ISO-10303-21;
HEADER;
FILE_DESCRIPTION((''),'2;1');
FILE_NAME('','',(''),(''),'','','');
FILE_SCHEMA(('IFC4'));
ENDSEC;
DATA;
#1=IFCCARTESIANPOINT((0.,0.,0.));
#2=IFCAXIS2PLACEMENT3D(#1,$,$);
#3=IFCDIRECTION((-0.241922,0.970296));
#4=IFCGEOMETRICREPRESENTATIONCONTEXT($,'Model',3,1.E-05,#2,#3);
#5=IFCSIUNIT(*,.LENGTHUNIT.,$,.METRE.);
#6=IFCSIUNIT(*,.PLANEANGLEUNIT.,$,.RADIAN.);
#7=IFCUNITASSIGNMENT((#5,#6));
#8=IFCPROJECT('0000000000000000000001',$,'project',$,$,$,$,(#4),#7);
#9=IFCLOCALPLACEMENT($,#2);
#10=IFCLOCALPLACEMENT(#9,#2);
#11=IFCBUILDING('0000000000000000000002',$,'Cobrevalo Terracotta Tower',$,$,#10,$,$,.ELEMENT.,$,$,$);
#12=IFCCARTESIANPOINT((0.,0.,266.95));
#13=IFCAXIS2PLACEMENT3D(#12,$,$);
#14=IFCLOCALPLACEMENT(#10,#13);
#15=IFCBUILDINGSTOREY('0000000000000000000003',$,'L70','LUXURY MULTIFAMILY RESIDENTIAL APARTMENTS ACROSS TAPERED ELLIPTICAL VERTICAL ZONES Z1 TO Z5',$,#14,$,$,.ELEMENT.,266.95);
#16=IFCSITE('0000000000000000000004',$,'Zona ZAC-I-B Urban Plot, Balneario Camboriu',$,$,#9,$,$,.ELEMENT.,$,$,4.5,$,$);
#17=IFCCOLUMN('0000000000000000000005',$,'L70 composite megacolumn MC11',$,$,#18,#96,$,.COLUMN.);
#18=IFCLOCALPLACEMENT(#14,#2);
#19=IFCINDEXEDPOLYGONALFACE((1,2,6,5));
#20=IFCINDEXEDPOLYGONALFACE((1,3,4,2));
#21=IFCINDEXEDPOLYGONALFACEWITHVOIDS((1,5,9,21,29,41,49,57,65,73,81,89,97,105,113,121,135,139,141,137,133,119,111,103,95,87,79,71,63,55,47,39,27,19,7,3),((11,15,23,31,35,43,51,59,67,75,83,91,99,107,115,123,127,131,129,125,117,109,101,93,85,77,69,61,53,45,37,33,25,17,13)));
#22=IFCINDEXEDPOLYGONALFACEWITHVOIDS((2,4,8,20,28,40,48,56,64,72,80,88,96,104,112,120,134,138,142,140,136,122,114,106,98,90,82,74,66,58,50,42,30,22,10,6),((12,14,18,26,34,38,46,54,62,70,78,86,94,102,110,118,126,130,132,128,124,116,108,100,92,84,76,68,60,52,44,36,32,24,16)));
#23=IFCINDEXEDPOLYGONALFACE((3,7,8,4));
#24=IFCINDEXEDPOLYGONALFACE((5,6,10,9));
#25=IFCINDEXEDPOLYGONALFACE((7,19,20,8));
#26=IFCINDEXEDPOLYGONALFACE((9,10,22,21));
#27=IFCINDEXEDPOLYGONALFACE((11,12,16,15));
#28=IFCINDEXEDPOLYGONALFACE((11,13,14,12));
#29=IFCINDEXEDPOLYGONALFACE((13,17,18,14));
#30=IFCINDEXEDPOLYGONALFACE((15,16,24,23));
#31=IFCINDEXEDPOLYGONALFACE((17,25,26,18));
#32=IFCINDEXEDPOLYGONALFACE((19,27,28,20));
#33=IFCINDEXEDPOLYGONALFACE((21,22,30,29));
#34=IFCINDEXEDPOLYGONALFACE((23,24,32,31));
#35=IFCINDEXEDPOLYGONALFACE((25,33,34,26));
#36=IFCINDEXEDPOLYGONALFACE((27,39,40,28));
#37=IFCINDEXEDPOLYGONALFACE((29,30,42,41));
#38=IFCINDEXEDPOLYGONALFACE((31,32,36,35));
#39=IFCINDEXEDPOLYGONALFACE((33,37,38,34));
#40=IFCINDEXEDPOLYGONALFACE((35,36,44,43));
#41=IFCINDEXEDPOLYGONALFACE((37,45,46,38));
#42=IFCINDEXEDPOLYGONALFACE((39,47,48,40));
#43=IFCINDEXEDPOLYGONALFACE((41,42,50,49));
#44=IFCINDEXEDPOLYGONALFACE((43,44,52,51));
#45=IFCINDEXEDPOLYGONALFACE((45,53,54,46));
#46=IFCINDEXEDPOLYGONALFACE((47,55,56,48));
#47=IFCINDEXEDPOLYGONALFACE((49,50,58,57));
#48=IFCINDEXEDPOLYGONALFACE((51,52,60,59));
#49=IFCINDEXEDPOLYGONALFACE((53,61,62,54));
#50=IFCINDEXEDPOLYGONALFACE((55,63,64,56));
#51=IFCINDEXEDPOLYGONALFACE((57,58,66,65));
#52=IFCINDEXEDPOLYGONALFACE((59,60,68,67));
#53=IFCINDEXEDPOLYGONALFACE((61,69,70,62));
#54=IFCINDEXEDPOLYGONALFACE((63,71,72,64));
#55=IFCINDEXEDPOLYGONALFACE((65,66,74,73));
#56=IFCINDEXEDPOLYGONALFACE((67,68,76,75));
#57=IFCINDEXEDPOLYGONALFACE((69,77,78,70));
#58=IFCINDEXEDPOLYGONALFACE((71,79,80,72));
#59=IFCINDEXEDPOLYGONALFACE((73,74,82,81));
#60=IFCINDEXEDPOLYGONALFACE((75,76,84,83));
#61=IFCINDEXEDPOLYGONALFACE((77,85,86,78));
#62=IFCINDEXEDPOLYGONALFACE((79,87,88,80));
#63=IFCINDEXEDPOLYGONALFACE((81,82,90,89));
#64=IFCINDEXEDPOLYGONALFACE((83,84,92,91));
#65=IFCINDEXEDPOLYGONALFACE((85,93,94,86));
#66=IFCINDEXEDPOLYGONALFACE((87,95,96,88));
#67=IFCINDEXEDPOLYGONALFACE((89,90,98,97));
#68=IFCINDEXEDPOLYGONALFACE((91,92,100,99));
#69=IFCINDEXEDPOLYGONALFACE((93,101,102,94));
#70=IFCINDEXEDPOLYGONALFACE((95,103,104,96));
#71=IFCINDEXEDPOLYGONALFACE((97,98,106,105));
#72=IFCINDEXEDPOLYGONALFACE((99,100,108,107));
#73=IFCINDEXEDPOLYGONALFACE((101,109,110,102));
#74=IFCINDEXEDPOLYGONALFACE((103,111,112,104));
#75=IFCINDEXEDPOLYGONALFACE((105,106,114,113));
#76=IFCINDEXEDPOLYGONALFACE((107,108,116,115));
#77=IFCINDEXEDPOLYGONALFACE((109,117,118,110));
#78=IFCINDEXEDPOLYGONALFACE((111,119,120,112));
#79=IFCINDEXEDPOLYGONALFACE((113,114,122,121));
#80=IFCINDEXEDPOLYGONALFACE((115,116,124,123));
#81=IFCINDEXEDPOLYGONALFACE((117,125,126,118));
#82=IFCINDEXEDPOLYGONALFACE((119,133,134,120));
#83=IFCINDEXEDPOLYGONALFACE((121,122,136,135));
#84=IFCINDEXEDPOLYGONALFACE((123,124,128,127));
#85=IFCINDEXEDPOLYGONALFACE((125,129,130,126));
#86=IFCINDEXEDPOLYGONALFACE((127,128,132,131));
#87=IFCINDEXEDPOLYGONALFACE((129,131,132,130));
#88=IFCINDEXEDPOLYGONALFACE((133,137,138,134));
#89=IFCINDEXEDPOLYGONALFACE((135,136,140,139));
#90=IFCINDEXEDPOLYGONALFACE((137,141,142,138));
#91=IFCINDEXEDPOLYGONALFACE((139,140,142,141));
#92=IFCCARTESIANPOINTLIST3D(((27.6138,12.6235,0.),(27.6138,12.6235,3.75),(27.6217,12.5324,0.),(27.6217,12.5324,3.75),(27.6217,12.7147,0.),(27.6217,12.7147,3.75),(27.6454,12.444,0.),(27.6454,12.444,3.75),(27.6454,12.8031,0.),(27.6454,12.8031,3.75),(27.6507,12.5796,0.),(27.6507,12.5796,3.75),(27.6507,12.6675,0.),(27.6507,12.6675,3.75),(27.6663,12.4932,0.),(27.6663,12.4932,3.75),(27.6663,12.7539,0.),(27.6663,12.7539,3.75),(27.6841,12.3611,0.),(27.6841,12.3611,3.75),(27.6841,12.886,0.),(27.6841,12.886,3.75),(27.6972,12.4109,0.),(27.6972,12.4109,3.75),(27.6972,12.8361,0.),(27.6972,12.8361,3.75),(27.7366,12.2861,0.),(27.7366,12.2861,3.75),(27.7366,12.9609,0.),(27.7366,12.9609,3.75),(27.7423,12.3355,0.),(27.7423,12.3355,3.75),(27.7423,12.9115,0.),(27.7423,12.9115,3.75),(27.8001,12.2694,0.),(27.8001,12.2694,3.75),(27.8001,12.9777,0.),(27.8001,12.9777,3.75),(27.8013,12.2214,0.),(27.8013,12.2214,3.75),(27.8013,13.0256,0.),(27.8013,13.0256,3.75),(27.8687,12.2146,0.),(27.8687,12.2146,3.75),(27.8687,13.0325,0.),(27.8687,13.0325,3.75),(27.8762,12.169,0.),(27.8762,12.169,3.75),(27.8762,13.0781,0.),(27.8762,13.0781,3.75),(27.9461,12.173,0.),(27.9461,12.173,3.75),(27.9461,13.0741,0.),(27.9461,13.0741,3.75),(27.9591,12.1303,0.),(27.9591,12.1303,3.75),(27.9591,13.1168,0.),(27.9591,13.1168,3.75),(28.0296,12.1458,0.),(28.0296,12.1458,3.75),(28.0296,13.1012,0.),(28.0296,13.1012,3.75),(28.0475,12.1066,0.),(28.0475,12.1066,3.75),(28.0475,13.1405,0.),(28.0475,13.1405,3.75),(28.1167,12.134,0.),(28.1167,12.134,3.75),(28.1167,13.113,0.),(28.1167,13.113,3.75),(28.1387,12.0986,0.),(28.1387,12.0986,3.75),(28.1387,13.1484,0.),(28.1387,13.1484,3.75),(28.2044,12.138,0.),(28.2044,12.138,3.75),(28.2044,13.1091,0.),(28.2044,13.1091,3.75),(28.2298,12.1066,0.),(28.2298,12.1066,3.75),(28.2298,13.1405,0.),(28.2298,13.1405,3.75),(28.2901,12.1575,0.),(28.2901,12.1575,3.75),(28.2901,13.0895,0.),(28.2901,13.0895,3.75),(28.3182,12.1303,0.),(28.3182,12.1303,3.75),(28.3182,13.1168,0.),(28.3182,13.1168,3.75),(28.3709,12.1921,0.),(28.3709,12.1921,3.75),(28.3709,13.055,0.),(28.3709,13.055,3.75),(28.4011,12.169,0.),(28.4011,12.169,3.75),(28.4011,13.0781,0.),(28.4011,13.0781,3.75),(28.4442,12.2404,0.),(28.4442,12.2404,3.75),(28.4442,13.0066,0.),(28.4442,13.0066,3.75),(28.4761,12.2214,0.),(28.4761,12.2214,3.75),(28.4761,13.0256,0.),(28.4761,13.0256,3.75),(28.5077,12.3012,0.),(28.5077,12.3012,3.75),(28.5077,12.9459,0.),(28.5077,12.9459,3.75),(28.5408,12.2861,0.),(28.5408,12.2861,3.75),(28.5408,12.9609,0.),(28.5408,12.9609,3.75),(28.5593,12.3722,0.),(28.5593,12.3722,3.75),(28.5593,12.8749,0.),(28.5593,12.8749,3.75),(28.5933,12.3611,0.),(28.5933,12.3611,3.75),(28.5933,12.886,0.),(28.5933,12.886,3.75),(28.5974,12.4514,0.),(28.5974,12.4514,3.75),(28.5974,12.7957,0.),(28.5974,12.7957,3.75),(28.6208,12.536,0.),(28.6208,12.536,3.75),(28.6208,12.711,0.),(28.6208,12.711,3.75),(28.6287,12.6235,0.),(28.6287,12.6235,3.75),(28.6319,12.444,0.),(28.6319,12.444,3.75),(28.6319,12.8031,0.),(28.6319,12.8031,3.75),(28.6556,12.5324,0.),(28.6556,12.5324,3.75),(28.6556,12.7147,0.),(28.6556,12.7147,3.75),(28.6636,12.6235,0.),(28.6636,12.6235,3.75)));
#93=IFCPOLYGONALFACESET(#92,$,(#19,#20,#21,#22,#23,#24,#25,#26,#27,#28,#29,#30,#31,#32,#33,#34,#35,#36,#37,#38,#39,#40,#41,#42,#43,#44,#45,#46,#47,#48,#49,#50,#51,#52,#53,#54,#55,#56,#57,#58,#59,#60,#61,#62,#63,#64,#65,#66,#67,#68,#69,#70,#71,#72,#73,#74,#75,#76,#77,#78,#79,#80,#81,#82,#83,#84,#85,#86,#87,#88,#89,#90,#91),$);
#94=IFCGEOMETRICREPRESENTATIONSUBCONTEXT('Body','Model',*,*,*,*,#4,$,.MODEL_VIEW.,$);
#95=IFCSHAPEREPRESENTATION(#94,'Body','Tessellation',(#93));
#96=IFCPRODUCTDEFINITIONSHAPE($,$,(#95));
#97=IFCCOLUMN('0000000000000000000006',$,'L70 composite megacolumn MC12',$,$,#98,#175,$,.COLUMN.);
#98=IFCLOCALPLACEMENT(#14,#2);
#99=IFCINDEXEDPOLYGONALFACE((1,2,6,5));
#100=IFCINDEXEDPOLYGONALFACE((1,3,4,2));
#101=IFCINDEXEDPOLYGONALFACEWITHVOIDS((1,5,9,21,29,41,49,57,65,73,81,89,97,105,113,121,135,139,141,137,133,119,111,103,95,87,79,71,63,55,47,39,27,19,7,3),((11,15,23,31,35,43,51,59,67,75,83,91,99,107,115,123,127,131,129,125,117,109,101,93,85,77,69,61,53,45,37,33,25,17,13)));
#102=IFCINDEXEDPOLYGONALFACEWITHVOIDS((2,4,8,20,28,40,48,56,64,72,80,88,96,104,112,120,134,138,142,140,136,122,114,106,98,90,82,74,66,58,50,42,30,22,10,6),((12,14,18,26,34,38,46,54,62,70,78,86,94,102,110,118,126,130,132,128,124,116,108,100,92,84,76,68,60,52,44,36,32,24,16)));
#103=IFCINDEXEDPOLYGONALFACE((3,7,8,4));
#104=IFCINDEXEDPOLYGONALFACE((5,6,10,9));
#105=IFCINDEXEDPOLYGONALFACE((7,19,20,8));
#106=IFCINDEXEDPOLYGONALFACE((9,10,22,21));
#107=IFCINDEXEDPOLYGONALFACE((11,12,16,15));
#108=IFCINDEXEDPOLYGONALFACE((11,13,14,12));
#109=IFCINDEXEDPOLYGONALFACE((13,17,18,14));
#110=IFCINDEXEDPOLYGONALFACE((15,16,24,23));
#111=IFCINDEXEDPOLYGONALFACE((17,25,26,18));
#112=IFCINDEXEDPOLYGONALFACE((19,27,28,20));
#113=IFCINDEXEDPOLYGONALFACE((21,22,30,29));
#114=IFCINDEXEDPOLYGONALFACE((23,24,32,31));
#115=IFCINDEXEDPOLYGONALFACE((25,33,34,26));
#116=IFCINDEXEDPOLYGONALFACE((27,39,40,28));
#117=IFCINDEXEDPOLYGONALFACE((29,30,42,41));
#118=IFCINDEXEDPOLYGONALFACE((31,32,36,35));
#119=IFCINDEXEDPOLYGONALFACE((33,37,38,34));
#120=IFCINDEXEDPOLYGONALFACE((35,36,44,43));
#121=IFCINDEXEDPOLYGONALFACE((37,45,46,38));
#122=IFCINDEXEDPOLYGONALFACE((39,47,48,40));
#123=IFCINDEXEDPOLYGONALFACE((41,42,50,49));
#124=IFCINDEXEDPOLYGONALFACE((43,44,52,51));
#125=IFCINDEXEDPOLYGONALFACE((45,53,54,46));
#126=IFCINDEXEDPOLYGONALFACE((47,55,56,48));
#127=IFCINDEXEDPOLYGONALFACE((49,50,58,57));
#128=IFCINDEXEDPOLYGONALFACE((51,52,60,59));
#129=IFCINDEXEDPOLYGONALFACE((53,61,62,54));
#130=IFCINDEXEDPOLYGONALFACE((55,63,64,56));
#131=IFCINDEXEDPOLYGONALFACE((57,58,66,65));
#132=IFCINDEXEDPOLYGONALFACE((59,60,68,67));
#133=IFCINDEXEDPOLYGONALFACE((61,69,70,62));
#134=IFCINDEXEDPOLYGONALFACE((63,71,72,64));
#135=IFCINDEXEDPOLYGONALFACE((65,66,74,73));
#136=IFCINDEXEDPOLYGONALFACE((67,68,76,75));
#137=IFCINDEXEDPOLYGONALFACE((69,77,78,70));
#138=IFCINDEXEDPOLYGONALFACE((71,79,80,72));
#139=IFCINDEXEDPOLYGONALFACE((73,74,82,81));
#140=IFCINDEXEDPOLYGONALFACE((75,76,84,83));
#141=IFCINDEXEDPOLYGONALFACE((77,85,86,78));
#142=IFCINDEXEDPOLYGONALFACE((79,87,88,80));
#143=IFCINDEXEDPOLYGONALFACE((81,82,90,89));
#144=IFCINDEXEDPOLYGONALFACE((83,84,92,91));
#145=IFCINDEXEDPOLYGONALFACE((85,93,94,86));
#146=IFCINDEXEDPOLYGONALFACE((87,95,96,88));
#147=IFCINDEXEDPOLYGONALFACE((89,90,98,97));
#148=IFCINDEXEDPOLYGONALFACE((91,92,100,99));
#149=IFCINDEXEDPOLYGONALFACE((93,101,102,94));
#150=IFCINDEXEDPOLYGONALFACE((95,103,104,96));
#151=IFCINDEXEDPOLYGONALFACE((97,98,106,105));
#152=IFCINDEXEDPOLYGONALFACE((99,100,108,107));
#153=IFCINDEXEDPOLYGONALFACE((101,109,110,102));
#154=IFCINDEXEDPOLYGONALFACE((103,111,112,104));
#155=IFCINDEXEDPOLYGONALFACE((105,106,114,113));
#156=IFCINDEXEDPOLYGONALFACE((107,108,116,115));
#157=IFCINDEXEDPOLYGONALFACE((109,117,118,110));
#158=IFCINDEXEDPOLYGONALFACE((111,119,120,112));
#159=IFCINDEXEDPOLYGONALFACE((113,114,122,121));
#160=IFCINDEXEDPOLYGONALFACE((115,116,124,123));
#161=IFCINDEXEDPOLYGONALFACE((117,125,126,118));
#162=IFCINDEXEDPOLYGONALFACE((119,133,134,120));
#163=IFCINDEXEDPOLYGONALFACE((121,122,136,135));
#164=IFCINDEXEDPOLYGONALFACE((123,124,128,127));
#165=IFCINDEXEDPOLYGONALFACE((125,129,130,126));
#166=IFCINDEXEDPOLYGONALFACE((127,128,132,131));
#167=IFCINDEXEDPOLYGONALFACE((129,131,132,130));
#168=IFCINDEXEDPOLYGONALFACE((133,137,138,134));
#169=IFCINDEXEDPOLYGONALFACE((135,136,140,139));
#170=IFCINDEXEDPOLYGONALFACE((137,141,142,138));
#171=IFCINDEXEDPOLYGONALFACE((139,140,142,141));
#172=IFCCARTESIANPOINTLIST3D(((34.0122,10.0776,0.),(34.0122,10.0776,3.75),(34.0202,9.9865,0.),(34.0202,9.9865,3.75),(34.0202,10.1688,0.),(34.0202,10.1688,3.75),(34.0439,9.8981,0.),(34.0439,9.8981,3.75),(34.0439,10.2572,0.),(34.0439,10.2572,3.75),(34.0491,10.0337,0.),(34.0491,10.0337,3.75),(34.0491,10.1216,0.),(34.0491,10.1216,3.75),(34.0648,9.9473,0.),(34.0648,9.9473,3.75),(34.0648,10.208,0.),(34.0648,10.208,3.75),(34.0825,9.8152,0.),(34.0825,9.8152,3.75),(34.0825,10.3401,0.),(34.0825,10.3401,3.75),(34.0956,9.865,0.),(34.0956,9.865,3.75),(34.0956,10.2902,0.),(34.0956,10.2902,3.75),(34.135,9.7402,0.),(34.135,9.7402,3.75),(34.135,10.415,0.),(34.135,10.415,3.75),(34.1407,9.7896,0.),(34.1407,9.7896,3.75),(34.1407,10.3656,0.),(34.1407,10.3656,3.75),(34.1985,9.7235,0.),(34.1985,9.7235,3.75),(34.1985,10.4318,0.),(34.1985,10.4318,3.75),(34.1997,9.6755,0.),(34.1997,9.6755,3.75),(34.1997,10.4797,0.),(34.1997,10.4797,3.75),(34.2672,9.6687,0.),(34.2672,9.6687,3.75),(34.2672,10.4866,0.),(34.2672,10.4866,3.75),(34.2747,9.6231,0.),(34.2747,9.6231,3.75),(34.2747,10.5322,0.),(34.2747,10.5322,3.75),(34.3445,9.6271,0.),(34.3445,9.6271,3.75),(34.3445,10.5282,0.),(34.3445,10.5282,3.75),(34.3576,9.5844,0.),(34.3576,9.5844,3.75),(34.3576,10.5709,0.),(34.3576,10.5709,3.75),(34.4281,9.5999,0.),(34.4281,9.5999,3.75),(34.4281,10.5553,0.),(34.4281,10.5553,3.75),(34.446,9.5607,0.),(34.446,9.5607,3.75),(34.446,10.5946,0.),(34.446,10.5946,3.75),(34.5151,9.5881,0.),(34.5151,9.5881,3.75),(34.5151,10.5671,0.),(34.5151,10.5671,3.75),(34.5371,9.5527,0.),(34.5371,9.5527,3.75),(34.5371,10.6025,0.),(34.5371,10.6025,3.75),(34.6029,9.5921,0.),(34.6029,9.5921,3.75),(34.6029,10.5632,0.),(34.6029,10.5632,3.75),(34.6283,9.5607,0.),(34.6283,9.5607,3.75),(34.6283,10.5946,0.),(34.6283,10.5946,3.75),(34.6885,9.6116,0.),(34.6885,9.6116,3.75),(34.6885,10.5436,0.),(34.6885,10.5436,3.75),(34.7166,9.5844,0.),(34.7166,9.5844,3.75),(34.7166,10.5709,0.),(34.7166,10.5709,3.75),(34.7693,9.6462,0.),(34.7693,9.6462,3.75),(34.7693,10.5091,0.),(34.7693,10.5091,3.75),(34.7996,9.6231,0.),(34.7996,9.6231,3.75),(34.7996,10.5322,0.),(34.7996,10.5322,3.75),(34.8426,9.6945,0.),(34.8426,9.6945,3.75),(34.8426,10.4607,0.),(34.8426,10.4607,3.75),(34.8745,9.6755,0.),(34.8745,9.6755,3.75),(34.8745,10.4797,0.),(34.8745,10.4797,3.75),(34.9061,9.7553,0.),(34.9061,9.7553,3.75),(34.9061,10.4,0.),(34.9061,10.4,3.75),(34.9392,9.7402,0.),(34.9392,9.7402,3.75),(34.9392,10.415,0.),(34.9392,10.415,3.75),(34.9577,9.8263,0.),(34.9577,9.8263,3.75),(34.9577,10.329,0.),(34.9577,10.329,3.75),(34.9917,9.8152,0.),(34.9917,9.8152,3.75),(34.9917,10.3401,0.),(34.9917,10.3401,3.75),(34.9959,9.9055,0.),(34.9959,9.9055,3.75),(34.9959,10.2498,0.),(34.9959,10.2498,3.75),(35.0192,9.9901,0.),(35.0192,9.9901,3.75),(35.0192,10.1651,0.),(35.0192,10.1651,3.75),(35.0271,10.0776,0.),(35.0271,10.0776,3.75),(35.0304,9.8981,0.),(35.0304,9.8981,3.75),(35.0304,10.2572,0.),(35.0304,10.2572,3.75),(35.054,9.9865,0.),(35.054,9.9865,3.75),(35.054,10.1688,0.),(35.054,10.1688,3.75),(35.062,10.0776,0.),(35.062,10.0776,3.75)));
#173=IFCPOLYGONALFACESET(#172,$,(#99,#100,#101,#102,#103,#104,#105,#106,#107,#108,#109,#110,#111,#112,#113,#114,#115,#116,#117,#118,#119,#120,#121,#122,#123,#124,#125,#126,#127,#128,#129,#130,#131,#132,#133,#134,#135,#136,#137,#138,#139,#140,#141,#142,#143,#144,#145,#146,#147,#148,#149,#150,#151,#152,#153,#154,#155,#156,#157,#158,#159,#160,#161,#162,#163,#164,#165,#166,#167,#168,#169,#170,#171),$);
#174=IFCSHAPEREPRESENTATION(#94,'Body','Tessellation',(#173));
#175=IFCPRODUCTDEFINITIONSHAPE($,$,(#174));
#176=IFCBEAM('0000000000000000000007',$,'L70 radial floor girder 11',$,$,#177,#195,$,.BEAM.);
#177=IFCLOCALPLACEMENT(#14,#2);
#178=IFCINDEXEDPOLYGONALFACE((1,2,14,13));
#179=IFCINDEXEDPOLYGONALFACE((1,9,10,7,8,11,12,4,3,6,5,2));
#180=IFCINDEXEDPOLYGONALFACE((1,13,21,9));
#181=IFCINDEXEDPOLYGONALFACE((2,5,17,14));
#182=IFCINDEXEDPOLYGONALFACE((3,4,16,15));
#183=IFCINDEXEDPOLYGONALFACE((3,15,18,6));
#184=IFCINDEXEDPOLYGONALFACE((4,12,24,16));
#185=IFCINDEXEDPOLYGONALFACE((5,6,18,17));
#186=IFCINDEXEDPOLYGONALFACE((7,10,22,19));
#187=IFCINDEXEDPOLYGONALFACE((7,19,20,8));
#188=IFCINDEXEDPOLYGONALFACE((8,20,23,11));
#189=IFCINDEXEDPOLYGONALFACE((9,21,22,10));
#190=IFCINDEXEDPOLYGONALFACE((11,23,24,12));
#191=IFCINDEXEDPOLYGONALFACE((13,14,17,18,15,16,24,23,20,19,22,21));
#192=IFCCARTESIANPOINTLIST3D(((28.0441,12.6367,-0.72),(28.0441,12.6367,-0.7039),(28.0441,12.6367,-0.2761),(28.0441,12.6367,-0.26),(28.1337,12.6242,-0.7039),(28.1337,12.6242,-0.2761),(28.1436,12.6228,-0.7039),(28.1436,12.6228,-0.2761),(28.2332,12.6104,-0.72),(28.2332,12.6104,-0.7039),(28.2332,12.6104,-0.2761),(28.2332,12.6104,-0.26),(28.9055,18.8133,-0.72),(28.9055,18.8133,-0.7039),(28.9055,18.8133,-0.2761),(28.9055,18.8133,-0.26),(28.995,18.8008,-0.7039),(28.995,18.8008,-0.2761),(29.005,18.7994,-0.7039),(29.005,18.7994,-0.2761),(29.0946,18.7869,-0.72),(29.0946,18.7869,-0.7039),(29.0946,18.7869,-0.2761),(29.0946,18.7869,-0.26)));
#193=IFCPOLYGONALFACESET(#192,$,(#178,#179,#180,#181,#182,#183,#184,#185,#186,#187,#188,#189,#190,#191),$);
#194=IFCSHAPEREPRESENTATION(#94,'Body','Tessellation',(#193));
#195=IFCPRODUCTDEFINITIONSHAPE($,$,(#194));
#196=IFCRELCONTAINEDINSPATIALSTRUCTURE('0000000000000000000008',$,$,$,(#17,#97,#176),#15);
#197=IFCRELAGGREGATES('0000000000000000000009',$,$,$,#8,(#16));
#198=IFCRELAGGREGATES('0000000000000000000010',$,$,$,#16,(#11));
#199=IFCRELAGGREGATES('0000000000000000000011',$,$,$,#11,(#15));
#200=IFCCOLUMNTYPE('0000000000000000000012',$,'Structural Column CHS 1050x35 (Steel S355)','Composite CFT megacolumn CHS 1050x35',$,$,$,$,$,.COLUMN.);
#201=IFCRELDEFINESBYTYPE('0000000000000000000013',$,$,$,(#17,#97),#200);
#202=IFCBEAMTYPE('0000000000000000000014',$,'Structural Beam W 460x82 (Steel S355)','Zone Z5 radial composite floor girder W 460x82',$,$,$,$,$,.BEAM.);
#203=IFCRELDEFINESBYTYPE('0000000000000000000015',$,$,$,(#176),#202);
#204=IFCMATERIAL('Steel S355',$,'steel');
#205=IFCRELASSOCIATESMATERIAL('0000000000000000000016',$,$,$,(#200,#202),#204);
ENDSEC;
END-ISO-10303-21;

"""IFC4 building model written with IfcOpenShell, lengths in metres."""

from ifc_helpers import new_model, si_unit, direction, frame, origin, origin_2d, place, context, subcontext, project, spatial, hollow_circle, i_section, extrude, material, material_profile, profile_set, type_object, element, save


model = new_model("IFC4")

# Units and contexts
model_context = context("Model", 3, precision=1e-05, world=origin(), true_north=direction((-0.241922, 0.970296)))
body_context = subcontext(model_context, "Body", "Model", "MODEL_VIEW")
ifc_project = project(units=[si_unit("LENGTHUNIT", "METRE"), si_unit("PLANEANGLEUNIT", "RADIAN")], contexts=[model_context])

# Site, building, storey
site_placement = place(None, origin())
site = spatial("IfcSite", under=ifc_project, at=site_placement, Name="Zona ZAC-I-B Urban Plot, Balneario Camboriu", CompositionType="ELEMENT", RefElevation=4.5)
building_placement = place(site_placement, origin())
building = spatial("IfcBuilding", under=site, at=building_placement, Name="Cobrevalo Terracotta Tower", CompositionType="ELEMENT")
storey_placement = place(building_placement, frame((0.0, 0.0, 266.95)))
storey = spatial("IfcBuildingStorey", under=building, at=storey_placement, Name="L70", Description="LUXURY MULTIFAMILY RESIDENTIAL APARTMENTS ACROSS TAPERED ELLIPTICAL VERTICAL ZONES Z1 TO Z5", CompositionType="ELEMENT", Elevation=266.95)

# Columns
ifc_material_1 = material(Name="Steel S355", Category="steel")
ifc_material_profile_1 = material_profile(ifc_material_1, hollow_circle(Radius=0.5249, WallThickness=0.0349, at=origin_2d()), Name="CHS 1050x35")
ifc_profile_set_1 = profile_set([ifc_material_profile_1], Name="Steel S355")
column_type = type_object("IfcColumnType", Name="Structural Column CHS 1050x35 (Steel S355)", Description="Composite CFT megacolumn CHS 1050x35", PredefinedType="COLUMN", material=ifc_profile_set_1)
for number, where, z_axis, x_axis, name in (
    (1, (28.1387, 12.6235, 0.0), (0.0, 0.0, 1.0), (1.0, 0.0, 0.0), "L70 composite megacolumn MC11"),
    (2, (34.5371, 10.0776, 0.0), (0.0, 0.0, 1.0), (1.0, 0.0, 0.0), "L70 composite megacolumn MC12"),
):
    element("IfcColumn", number, at=place(storey_placement, frame(where, z_axis=z_axis, x_axis=x_axis)), inside=storey, type_object=column_type, Name=name, PredefinedType="COLUMN", context=body_context, shape_type="SweptSolid", body=[
        extrude(hollow_circle(Radius=0.5249, WallThickness=0.0349, at=origin_2d()), origin(), (0.0, 0.0, 1.0), 3.75),
    ])

# Beam
ifc_material_profile_2 = material_profile(ifc_material_1, i_section(OverallWidth=0.1909, OverallDepth=0.46, WebThickness=0.01, FlangeThickness=0.0161, at=origin_2d()), Name="W 460x82")
ifc_profile_set_2 = profile_set([ifc_material_profile_2], Name="Steel S355")
beam_type_1 = type_object("IfcBeamType", Name="Structural Beam W 460x82 (Steel S355)", Description="Zone Z5 radial composite floor girder W 460x82", PredefinedType="BEAM", material=ifc_profile_set_2)
beam_1_placement = place(storey_placement, frame((28.1387, 12.6235, -0.49), z_axis=(0.138116, 0.990416, 0.0), x_axis=(-0.990416, 0.138116, 0.0)))
element("IfcBeam", 3, at=beam_1_placement, inside=storey, type_object=beam_type_1, Name="L70 radial floor girder 11", PredefinedType="BEAM", context=body_context, shape_type="SweptSolid", body=[
    extrude(i_section(OverallWidth=0.1909, OverallDepth=0.46, WebThickness=0.01, FlangeThickness=0.0161, at=origin_2d()), origin(), (0.0, 0.0, 1.0), 6.2363),
])

save(model, "model.ifc")
